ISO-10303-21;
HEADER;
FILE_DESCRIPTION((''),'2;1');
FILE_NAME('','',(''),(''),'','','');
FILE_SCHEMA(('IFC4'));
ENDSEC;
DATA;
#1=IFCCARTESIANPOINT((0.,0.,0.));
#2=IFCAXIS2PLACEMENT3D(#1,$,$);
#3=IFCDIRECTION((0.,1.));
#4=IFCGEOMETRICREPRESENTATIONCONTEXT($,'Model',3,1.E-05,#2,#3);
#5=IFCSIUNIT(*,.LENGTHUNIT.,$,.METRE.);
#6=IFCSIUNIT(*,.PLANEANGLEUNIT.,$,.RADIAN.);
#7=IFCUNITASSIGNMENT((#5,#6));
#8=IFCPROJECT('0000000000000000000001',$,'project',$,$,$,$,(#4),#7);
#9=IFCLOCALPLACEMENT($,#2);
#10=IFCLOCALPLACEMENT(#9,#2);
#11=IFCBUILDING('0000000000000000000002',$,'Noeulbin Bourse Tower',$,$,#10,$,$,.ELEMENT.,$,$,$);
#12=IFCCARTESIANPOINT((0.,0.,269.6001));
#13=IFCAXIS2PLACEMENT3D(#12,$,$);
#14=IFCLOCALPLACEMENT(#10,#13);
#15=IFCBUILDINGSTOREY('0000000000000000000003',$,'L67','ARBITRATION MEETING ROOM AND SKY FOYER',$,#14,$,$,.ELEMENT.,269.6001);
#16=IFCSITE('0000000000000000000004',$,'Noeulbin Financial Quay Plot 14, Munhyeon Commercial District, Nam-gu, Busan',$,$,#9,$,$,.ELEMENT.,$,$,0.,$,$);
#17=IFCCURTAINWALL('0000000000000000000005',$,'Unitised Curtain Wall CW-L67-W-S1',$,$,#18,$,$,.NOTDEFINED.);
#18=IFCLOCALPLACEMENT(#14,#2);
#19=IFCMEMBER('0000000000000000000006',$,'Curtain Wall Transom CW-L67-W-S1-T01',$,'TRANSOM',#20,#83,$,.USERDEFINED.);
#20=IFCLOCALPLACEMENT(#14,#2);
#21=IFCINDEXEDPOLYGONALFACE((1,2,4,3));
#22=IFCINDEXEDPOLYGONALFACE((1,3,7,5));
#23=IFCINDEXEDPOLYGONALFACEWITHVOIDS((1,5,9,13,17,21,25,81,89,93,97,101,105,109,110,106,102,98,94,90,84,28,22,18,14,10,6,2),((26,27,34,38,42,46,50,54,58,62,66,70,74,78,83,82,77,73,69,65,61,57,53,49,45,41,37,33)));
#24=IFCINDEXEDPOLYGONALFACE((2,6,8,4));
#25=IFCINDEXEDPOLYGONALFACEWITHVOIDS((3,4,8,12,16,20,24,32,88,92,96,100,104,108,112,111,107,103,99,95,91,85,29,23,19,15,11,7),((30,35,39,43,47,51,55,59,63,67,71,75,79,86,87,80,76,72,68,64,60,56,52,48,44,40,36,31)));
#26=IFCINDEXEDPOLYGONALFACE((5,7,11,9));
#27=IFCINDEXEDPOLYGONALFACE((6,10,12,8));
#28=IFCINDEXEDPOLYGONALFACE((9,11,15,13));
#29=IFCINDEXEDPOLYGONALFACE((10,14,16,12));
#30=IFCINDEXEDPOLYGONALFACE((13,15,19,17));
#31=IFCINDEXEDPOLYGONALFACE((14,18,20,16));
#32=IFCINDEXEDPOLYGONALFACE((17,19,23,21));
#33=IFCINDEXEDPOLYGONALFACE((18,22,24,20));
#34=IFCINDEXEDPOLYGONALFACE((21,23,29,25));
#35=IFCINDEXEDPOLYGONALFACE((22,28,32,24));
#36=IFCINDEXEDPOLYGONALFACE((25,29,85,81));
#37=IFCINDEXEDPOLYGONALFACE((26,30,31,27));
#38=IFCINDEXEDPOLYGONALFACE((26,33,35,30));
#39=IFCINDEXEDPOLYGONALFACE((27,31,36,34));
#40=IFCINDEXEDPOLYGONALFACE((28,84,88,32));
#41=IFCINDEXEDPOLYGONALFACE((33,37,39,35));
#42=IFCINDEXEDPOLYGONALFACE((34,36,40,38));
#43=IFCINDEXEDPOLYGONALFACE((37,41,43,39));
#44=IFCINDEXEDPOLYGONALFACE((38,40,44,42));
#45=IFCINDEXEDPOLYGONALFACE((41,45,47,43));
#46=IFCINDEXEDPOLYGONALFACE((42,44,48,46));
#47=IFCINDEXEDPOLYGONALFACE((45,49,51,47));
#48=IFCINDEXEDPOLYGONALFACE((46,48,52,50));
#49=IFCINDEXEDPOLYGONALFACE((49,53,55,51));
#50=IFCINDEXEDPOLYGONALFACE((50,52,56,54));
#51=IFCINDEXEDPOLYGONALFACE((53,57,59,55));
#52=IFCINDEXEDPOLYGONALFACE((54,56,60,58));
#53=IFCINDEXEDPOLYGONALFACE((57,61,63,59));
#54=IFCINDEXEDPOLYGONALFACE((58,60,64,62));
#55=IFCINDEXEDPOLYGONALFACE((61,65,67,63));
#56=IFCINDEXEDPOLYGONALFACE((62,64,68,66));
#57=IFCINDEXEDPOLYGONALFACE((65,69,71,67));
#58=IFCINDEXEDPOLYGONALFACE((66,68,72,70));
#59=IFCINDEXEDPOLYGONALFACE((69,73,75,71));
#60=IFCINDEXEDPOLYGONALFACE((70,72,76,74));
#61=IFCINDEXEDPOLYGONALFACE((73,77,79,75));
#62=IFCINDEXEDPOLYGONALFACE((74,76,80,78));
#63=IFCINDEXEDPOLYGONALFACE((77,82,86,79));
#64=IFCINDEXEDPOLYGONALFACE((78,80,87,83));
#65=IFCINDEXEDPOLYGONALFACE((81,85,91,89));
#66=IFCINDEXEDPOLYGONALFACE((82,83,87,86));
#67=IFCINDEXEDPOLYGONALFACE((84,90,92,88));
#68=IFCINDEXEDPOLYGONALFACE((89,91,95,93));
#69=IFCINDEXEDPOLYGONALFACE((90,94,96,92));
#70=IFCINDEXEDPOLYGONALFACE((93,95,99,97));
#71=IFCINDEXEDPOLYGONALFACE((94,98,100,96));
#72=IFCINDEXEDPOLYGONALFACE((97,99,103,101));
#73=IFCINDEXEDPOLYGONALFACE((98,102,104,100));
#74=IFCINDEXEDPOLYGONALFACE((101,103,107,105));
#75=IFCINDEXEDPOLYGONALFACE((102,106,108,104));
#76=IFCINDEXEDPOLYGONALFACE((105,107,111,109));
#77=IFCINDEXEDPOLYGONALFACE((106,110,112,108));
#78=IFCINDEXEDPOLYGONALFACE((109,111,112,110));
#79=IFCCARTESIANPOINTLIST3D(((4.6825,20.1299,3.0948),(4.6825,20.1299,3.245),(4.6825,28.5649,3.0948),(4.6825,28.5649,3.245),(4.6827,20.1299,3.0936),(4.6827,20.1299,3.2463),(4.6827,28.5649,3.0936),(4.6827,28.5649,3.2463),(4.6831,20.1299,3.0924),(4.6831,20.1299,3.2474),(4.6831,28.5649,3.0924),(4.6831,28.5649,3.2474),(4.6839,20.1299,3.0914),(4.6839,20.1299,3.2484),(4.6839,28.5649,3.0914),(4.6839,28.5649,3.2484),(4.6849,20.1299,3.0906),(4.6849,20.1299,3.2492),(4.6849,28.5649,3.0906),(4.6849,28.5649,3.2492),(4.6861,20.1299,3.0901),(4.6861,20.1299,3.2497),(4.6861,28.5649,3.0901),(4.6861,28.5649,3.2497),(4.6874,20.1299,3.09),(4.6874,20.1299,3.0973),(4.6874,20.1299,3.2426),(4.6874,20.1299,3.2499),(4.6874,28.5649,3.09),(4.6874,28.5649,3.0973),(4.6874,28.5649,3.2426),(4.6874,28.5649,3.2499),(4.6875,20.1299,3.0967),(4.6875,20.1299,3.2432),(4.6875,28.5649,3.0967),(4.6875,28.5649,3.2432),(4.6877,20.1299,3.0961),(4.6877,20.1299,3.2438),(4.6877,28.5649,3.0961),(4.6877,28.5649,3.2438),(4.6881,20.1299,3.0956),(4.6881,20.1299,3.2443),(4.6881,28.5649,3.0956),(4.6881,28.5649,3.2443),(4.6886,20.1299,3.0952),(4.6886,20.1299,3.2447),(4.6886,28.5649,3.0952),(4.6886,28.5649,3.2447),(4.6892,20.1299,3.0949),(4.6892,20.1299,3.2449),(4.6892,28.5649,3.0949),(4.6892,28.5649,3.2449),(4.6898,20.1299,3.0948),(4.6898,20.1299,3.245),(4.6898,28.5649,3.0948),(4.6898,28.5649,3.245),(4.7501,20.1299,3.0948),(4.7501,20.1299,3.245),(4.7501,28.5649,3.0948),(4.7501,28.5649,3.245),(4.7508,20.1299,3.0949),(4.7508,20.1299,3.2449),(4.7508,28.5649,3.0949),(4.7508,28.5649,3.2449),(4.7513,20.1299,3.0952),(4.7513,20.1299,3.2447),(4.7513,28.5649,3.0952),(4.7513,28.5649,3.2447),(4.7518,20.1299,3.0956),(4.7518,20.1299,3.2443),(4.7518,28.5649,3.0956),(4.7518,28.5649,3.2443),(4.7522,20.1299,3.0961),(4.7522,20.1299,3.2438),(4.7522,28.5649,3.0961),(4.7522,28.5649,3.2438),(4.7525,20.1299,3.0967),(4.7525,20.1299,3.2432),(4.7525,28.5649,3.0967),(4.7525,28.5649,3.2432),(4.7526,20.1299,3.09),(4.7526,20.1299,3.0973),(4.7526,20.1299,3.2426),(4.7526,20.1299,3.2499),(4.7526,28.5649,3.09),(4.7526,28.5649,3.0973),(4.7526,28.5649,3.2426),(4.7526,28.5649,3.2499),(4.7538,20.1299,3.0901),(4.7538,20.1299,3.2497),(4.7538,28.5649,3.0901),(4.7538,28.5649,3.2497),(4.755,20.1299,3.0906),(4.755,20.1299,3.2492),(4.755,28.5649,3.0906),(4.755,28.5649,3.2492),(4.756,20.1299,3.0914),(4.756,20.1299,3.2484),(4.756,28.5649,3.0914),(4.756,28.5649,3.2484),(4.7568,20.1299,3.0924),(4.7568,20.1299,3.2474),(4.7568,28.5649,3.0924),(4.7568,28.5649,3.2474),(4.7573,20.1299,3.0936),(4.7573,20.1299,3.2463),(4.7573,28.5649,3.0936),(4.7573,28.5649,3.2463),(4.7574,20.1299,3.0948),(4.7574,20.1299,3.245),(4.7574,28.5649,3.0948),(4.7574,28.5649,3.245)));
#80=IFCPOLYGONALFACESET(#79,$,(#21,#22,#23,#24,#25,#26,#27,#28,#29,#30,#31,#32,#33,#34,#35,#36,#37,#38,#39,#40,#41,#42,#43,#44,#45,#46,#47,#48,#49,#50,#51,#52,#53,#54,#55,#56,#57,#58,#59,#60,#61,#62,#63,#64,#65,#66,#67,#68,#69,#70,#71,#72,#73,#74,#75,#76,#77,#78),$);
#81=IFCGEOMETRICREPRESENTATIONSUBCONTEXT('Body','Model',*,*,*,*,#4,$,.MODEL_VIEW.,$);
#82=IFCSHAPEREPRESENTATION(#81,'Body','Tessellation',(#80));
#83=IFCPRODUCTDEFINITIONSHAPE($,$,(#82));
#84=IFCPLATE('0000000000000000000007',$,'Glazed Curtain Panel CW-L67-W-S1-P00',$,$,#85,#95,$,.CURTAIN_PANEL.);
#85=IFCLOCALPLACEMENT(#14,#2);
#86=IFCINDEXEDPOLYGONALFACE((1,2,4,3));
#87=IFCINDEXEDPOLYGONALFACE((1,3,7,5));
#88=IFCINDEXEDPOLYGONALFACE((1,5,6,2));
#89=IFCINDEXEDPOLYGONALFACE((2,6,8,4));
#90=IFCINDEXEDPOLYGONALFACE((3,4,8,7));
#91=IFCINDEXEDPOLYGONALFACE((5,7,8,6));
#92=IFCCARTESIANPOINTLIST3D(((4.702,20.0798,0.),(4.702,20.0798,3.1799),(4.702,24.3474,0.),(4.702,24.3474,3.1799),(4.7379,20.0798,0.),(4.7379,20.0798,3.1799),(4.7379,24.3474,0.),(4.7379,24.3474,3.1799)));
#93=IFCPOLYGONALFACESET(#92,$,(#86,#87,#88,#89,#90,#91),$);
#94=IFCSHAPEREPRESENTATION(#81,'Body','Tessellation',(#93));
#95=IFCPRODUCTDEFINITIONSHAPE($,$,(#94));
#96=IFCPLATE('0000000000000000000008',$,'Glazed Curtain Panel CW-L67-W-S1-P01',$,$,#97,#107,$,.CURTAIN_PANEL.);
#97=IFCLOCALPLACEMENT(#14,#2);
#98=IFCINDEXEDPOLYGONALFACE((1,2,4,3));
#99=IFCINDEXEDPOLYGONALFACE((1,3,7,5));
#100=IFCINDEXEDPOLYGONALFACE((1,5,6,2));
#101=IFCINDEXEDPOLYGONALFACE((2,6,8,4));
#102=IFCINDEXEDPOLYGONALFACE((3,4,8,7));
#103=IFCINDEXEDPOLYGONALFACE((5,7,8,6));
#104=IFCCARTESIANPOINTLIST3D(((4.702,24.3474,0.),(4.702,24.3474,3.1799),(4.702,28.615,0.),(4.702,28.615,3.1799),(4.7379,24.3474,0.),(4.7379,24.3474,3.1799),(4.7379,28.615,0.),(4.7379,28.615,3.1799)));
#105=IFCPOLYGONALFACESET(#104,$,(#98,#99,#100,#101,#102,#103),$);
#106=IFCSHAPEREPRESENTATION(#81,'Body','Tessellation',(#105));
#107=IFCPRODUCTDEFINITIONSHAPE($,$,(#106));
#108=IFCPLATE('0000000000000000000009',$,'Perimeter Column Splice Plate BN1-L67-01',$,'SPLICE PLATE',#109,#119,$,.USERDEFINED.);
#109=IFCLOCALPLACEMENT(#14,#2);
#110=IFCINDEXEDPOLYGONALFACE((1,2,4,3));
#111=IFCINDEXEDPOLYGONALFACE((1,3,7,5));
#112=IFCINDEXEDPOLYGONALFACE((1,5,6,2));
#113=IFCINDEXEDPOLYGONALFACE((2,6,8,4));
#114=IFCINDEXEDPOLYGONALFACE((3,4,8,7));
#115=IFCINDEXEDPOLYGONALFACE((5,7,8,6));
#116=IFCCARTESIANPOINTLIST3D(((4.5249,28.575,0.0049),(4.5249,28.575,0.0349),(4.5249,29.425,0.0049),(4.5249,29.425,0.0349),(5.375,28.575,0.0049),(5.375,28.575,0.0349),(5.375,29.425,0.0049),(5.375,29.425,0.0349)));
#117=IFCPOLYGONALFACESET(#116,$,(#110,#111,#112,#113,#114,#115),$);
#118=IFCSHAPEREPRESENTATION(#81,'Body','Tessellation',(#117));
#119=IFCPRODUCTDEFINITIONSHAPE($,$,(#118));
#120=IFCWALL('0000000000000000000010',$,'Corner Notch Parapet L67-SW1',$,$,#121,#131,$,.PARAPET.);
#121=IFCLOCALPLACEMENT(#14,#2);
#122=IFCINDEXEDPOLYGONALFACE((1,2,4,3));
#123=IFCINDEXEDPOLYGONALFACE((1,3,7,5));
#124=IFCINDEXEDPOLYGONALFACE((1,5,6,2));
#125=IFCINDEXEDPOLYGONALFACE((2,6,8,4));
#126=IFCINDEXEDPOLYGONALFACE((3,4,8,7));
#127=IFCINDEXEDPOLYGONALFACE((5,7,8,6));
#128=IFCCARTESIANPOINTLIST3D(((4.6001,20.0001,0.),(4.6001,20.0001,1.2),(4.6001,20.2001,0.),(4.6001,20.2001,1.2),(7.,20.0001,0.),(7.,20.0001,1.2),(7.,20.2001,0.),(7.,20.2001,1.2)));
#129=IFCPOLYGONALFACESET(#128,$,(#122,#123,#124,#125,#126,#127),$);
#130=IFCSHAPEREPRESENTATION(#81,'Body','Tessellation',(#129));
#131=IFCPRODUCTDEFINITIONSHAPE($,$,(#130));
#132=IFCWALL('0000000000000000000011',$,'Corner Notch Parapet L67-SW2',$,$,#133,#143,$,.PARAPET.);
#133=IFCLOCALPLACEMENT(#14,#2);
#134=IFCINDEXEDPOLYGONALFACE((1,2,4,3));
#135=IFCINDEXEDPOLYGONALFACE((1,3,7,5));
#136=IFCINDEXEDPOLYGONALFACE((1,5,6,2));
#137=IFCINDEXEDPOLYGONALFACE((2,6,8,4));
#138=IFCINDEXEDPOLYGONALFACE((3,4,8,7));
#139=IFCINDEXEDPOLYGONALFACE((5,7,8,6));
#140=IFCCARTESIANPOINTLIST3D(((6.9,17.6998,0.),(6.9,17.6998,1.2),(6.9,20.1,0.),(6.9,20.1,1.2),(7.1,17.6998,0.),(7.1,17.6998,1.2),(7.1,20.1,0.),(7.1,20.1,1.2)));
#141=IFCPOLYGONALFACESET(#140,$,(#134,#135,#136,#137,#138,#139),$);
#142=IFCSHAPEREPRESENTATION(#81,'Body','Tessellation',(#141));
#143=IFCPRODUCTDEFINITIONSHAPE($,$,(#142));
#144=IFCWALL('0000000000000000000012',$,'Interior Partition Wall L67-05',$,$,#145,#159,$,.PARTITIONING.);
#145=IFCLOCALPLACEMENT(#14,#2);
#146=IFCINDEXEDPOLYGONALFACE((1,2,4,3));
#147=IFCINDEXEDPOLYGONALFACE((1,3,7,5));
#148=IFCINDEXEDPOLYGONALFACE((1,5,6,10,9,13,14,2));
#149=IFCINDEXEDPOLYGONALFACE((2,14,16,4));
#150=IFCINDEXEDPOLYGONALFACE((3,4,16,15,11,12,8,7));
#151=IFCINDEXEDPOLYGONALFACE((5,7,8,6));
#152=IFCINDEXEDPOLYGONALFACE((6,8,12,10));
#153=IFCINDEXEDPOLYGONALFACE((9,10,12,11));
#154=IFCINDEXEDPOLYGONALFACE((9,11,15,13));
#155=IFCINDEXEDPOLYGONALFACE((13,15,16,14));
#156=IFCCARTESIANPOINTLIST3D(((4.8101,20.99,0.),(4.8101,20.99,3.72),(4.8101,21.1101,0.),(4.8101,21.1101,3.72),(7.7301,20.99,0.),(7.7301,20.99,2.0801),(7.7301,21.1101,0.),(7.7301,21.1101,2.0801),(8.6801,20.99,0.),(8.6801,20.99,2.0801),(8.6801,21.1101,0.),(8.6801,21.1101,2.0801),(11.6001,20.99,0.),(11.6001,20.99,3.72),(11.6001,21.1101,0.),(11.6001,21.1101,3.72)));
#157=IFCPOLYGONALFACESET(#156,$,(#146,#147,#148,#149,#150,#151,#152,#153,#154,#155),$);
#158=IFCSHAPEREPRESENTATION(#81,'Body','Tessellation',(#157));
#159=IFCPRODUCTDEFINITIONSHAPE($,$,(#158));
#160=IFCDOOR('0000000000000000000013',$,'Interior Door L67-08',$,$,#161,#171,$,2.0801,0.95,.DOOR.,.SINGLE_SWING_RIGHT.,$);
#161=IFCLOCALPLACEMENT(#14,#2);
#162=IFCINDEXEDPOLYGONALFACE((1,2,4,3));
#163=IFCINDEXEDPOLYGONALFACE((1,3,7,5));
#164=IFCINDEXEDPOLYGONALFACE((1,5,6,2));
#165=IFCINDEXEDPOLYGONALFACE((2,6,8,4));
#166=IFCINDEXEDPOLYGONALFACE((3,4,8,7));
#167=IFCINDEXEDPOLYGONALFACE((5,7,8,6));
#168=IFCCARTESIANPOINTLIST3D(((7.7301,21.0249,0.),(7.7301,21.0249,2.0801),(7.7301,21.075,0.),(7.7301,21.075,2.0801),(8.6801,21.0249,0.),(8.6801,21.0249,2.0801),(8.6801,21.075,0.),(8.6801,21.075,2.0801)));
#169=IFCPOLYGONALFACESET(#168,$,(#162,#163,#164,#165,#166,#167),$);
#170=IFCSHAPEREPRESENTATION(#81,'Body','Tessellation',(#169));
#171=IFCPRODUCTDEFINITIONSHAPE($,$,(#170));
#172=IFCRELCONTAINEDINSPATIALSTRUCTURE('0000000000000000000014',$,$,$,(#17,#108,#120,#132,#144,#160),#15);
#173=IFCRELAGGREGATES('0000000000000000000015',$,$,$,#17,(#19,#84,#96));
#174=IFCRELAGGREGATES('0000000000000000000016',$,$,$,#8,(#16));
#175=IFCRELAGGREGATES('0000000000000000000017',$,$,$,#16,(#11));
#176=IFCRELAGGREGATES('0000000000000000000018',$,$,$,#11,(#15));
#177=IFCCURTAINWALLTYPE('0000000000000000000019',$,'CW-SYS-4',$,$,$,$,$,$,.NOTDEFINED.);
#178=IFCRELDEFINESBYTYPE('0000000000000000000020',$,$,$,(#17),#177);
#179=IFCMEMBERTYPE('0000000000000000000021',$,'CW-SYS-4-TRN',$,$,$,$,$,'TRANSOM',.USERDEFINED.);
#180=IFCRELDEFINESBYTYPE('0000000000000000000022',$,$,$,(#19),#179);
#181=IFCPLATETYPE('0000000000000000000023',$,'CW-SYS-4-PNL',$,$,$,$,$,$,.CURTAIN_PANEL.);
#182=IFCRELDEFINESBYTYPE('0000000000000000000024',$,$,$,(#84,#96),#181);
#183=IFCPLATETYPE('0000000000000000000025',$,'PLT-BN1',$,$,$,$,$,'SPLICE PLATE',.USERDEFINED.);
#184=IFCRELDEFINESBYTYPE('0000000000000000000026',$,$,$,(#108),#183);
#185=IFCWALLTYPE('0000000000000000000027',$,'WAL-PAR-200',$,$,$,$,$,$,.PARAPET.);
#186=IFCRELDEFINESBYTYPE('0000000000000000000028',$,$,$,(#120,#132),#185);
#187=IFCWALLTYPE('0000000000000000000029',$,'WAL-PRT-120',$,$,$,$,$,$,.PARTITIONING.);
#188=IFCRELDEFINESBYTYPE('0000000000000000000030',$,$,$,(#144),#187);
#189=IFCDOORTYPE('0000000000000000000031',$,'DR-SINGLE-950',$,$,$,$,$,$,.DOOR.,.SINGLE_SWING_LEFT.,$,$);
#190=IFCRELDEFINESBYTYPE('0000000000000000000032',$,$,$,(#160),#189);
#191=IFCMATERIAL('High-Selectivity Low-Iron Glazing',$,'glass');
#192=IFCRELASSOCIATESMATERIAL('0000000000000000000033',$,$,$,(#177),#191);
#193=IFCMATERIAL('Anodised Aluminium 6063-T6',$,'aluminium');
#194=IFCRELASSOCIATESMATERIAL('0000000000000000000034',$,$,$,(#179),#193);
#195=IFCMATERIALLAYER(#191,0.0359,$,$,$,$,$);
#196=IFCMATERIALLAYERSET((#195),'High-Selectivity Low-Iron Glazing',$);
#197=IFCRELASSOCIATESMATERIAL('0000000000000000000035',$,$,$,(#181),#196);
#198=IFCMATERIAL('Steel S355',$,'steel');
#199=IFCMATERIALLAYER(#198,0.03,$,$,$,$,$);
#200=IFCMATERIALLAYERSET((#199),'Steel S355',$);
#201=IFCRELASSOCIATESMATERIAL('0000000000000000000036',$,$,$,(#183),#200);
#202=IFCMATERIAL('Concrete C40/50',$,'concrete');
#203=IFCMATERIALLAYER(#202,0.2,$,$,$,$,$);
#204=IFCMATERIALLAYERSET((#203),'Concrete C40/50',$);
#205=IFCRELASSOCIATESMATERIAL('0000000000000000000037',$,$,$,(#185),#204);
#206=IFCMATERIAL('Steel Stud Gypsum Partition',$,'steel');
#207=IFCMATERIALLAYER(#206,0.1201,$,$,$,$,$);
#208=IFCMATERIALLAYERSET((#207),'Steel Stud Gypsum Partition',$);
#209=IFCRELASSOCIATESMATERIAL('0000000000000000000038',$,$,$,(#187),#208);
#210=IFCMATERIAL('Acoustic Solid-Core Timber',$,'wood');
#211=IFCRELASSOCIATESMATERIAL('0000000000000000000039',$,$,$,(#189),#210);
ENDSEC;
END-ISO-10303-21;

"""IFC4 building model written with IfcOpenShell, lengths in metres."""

from ifc_helpers import new_model, si_unit, direction, frame, frame_2d, origin, origin_2d, place, context, subcontext, project, spatial, rectangle, hollow_rectangle, extrude, material, layer, layer_set, material_profile, profile_set, type_object, element, fill, aggregate, save


model = new_model("IFC4")

# Units and contexts
model_context = context("Model", 3, precision=1e-05, world=origin(), true_north=direction((0.0, 1.0)))
body_context = subcontext(model_context, "Body", "Model", "MODEL_VIEW")
ifc_project = project(units=[si_unit("LENGTHUNIT", "METRE"), si_unit("PLANEANGLEUNIT", "RADIAN")], contexts=[model_context])

# Site, building, storey
site_placement = place(None, origin())
site = spatial("IfcSite", under=ifc_project, at=site_placement, Name="Noeulbin Financial Quay Plot 14, Munhyeon Commercial District, Nam-gu, Busan", CompositionType="ELEMENT", RefElevation=0.0)
building_placement = place(site_placement, origin())
building = spatial("IfcBuilding", under=site, at=building_placement, Name="Noeulbin Bourse Tower", CompositionType="ELEMENT")
storey_placement = place(building_placement, frame((0.0, 0.0, 269.6001)))
storey = spatial("IfcBuildingStorey", under=building, at=storey_placement, Name="L67", Description="ARBITRATION MEETING ROOM AND SKY FOYER", CompositionType="ELEMENT", Elevation=269.6001)

# Shared definitions
ifc_material_1 = material(Name="Steel S355", Category="steel")

# Curtain wall, member, plates
ifc_material_2 = material(Name="High-Selectivity Low-Iron Glazing", Category="glass")
curtain_wall_type = type_object("IfcCurtainWallType", Name="CW-SYS-4", PredefinedType="NOTDEFINED", material=ifc_material_2)
curtain_wall_placement = place(storey_placement, origin())
curtain_wall = element("IfcCurtainWall", 1, at=curtain_wall_placement, inside=storey, type_object=curtain_wall_type, Name="Unitised Curtain Wall CW-L67-W-S1", PredefinedType="NOTDEFINED")
ifc_material_3 = material(Name="Anodised Aluminium 6063-T6", Category="aluminium")
ifc_material_profile_1 = material_profile(ifc_material_3, hollow_rectangle(XDim=0.075, YDim=0.1599, WallThickness=0.0049, InnerFilletRadius=0.0024, OuterFilletRadius=0.0049, at=origin_2d()), Name="ALU-TRAN-75x160x5", Category="LoadBearing")
ifc_profile_set_1 = profile_set([ifc_material_profile_1], Name="Anodised Aluminium 6063-T6")
member_type_1 = type_object("IfcMemberType", Name="CW-SYS-4-TRN", ElementType="TRANSOM", PredefinedType="USERDEFINED", material=ifc_profile_set_1)
member_1_placement = place(storey_placement, frame((4.72, 20.1299, 3.1699), z_axis=(0.0, 1.0, 0.0), x_axis=(-1.0, 0.0, 0.0)))
member_1 = element("IfcMember", 2, at=member_1_placement, type_object=member_type_1, Name="Curtain Wall Transom CW-L67-W-S1-T01", ObjectType="TRANSOM", PredefinedType="USERDEFINED", context=body_context, shape_type="SweptSolid", body=[
    extrude(hollow_rectangle(XDim=0.075, YDim=0.1599, WallThickness=0.0049, InnerFilletRadius=0.0024, OuterFilletRadius=0.0049, at=origin_2d()), origin(), (0.0, 0.0, 1.0), 8.4351),
])
ifc_layer_1 = layer(ifc_material_2, 0.0359)
ifc_layer_set_1 = layer_set([ifc_layer_1], Name="High-Selectivity Low-Iron Glazing")
plate_type_1 = type_object("IfcPlateType", Name="CW-SYS-4-PNL", PredefinedType="CURTAIN_PANEL", material=ifc_layer_set_1)
plate_1_placement = place(storey_placement, frame((4.72, 22.2136, 0.0), z_axis=(0.0, 0.0, 1.0), x_axis=(0.0, 1.0, 0.0)))
plate_1 = element("IfcPlate", 3, at=plate_1_placement, type_object=plate_type_1, Name="Glazed Curtain Panel CW-L67-W-S1-P00", PredefinedType="CURTAIN_PANEL", context=body_context, shape_type="SweptSolid", body=[
    extrude(rectangle(XDim=4.2676, YDim=0.0359, at=origin_2d()), origin(), (0.0, 0.0, 1.0), 3.1799),
])
plate_2_placement = place(storey_placement, frame((4.72, 26.4812, 0.0), z_axis=(0.0, 0.0, 1.0), x_axis=(0.0, 1.0, 0.0)))
plate_2 = element("IfcPlate", 4, at=plate_2_placement, type_object=plate_type_1, Name="Glazed Curtain Panel CW-L67-W-S1-P01", PredefinedType="CURTAIN_PANEL", context=body_context, shape_type="SweptSolid", body=[
    extrude(rectangle(XDim=4.2676, YDim=0.0359, at=origin_2d()), origin(), (0.0, 0.0, 1.0), 3.1799),
])
aggregate(curtain_wall, [member_1, plate_1, plate_2])

# Plate
ifc_layer_2 = layer(ifc_material_1, 0.03)
ifc_layer_set_2 = layer_set([ifc_layer_2], Name="Steel S355")
plate_type_2 = type_object("IfcPlateType", Name="PLT-BN1", ElementType="SPLICE PLATE", PredefinedType="USERDEFINED", material=ifc_layer_set_2)
plate_3_placement = place(storey_placement, frame((4.95, 29.0, 0.0049), z_axis=(0.0, 0.0, 1.0), x_axis=(1.0, 0.0, 0.0)))
element("IfcPlate", 5, at=plate_3_placement, inside=storey, type_object=plate_type_2, Name="Perimeter Column Splice Plate BN1-L67-01", ObjectType="SPLICE PLATE", PredefinedType="USERDEFINED", context=body_context, shape_type="SweptSolid", body=[
    extrude(rectangle(XDim=0.8501, YDim=0.8501, at=origin_2d()), origin(), (0.0, 0.0, 1.0), 0.03),
])

# Walls
ifc_material_4 = material(Name="Concrete C40/50", Category="concrete")
ifc_layer_3 = layer(ifc_material_4, 0.2)
ifc_layer_set_3 = layer_set([ifc_layer_3], Name="Concrete C40/50")
wall_type_1 = type_object("IfcWallType", Name="WAL-PAR-200", PredefinedType="PARAPET", material=ifc_layer_set_3)
wall_1_placement = place(storey_placement, frame((4.6001, 20.1001, 0.0), z_axis=(0.0, 0.0, 1.0), x_axis=(1.0, 0.0, 0.0)))
element("IfcWall", 6, at=wall_1_placement, inside=storey, type_object=wall_type_1, Name="Corner Notch Parapet L67-SW1", PredefinedType="PARAPET", context=body_context, shape_type="SweptSolid", body=[
    extrude(rectangle(XDim=2.3999, YDim=0.2, at=frame_2d((1.2, 0.0))), origin(), (0.0, 0.0, 1.0), 1.2),
])
wall_2_placement = place(storey_placement, frame((7.0, 20.1001, 0.0), z_axis=(0.0, 0.0, 1.0), x_axis=(0.0, -1.0, 0.0)))
element("IfcWall", 7, at=wall_2_placement, inside=storey, type_object=wall_type_1, Name="Corner Notch Parapet L67-SW2", PredefinedType="PARAPET", context=body_context, shape_type="SweptSolid", body=[
    extrude(rectangle(XDim=2.4001, YDim=0.2, at=frame_2d((1.2002, 0.0))), origin(), (0.0, 0.0, 1.0), 1.2),
])

# Wall, opening, door
ifc_material_5 = material(Name="Steel Stud Gypsum Partition", Category="steel")
ifc_layer_4 = layer(ifc_material_5, 0.1201)
ifc_layer_set_4 = layer_set([ifc_layer_4], Name="Steel Stud Gypsum Partition")
wall_type_2 = type_object("IfcWallType", Name="WAL-PRT-120", PredefinedType="PARTITIONING", material=ifc_layer_set_4)
wall_3_placement = place(storey_placement, frame((4.8101, 21.05, 0.0), z_axis=(0.0, 0.0, 1.0), x_axis=(1.0, 0.0, 0.0)))
wall_3 = element("IfcWall", 8, at=wall_3_placement, inside=storey, type_object=wall_type_2, Name="Interior Partition Wall L67-05", PredefinedType="PARTITIONING", context=body_context, shape_type="SweptSolid", body=[
    extrude(rectangle(XDim=6.79, YDim=0.1201, at=frame_2d((3.395, 0.0))), origin(), (0.0, 0.0, 1.0), 3.72),
])
opening_1_placement = place(wall_3_placement, frame((2.9199, 0.0, 0.0)))
opening_1 = element("IfcOpeningElement", 9, at=opening_1_placement, cuts=wall_3, PredefinedType="OPENING", context=body_context, shape_type="SweptSolid", body=[
    extrude(rectangle(XDim=0.95, YDim=2.0801, at=frame_2d((0.4751, 1.04))), frame((0.0, 0.0701, 0.0), z_axis=(0.0, -1.0, 0.0), x_axis=(1.0, 0.0, 0.0)), (0.0, 0.0, 1.0), 0.1401),
])
ifc_material_6 = material(Name="Acoustic Solid-Core Timber", Category="wood")
door_type = type_object("IfcDoorType", Name="DR-SINGLE-950", OperationType="SINGLE_SWING_LEFT", PredefinedType="DOOR", material=ifc_material_6)
door_1_placement = place(opening_1_placement, origin())
door_1 = element("IfcDoor", 10, at=door_1_placement, inside=storey, type_object=door_type, Name="Interior Door L67-08", OperationType="SINGLE_SWING_RIGHT", OverallHeight=2.0801, OverallWidth=0.95, PredefinedType="DOOR", context=body_context, shape_type="SweptSolid", body=[
    extrude(rectangle(XDim=0.95, YDim=2.0801, at=frame_2d((0.4751, 1.04))), frame((0.0, 0.0249, 0.0), z_axis=(0.0, -1.0, 0.0), x_axis=(1.0, 0.0, 0.0)), (0.0, 0.0, 1.0), 0.05),
])
fill(opening_1, door_1)

save(model, "model.ifc")
